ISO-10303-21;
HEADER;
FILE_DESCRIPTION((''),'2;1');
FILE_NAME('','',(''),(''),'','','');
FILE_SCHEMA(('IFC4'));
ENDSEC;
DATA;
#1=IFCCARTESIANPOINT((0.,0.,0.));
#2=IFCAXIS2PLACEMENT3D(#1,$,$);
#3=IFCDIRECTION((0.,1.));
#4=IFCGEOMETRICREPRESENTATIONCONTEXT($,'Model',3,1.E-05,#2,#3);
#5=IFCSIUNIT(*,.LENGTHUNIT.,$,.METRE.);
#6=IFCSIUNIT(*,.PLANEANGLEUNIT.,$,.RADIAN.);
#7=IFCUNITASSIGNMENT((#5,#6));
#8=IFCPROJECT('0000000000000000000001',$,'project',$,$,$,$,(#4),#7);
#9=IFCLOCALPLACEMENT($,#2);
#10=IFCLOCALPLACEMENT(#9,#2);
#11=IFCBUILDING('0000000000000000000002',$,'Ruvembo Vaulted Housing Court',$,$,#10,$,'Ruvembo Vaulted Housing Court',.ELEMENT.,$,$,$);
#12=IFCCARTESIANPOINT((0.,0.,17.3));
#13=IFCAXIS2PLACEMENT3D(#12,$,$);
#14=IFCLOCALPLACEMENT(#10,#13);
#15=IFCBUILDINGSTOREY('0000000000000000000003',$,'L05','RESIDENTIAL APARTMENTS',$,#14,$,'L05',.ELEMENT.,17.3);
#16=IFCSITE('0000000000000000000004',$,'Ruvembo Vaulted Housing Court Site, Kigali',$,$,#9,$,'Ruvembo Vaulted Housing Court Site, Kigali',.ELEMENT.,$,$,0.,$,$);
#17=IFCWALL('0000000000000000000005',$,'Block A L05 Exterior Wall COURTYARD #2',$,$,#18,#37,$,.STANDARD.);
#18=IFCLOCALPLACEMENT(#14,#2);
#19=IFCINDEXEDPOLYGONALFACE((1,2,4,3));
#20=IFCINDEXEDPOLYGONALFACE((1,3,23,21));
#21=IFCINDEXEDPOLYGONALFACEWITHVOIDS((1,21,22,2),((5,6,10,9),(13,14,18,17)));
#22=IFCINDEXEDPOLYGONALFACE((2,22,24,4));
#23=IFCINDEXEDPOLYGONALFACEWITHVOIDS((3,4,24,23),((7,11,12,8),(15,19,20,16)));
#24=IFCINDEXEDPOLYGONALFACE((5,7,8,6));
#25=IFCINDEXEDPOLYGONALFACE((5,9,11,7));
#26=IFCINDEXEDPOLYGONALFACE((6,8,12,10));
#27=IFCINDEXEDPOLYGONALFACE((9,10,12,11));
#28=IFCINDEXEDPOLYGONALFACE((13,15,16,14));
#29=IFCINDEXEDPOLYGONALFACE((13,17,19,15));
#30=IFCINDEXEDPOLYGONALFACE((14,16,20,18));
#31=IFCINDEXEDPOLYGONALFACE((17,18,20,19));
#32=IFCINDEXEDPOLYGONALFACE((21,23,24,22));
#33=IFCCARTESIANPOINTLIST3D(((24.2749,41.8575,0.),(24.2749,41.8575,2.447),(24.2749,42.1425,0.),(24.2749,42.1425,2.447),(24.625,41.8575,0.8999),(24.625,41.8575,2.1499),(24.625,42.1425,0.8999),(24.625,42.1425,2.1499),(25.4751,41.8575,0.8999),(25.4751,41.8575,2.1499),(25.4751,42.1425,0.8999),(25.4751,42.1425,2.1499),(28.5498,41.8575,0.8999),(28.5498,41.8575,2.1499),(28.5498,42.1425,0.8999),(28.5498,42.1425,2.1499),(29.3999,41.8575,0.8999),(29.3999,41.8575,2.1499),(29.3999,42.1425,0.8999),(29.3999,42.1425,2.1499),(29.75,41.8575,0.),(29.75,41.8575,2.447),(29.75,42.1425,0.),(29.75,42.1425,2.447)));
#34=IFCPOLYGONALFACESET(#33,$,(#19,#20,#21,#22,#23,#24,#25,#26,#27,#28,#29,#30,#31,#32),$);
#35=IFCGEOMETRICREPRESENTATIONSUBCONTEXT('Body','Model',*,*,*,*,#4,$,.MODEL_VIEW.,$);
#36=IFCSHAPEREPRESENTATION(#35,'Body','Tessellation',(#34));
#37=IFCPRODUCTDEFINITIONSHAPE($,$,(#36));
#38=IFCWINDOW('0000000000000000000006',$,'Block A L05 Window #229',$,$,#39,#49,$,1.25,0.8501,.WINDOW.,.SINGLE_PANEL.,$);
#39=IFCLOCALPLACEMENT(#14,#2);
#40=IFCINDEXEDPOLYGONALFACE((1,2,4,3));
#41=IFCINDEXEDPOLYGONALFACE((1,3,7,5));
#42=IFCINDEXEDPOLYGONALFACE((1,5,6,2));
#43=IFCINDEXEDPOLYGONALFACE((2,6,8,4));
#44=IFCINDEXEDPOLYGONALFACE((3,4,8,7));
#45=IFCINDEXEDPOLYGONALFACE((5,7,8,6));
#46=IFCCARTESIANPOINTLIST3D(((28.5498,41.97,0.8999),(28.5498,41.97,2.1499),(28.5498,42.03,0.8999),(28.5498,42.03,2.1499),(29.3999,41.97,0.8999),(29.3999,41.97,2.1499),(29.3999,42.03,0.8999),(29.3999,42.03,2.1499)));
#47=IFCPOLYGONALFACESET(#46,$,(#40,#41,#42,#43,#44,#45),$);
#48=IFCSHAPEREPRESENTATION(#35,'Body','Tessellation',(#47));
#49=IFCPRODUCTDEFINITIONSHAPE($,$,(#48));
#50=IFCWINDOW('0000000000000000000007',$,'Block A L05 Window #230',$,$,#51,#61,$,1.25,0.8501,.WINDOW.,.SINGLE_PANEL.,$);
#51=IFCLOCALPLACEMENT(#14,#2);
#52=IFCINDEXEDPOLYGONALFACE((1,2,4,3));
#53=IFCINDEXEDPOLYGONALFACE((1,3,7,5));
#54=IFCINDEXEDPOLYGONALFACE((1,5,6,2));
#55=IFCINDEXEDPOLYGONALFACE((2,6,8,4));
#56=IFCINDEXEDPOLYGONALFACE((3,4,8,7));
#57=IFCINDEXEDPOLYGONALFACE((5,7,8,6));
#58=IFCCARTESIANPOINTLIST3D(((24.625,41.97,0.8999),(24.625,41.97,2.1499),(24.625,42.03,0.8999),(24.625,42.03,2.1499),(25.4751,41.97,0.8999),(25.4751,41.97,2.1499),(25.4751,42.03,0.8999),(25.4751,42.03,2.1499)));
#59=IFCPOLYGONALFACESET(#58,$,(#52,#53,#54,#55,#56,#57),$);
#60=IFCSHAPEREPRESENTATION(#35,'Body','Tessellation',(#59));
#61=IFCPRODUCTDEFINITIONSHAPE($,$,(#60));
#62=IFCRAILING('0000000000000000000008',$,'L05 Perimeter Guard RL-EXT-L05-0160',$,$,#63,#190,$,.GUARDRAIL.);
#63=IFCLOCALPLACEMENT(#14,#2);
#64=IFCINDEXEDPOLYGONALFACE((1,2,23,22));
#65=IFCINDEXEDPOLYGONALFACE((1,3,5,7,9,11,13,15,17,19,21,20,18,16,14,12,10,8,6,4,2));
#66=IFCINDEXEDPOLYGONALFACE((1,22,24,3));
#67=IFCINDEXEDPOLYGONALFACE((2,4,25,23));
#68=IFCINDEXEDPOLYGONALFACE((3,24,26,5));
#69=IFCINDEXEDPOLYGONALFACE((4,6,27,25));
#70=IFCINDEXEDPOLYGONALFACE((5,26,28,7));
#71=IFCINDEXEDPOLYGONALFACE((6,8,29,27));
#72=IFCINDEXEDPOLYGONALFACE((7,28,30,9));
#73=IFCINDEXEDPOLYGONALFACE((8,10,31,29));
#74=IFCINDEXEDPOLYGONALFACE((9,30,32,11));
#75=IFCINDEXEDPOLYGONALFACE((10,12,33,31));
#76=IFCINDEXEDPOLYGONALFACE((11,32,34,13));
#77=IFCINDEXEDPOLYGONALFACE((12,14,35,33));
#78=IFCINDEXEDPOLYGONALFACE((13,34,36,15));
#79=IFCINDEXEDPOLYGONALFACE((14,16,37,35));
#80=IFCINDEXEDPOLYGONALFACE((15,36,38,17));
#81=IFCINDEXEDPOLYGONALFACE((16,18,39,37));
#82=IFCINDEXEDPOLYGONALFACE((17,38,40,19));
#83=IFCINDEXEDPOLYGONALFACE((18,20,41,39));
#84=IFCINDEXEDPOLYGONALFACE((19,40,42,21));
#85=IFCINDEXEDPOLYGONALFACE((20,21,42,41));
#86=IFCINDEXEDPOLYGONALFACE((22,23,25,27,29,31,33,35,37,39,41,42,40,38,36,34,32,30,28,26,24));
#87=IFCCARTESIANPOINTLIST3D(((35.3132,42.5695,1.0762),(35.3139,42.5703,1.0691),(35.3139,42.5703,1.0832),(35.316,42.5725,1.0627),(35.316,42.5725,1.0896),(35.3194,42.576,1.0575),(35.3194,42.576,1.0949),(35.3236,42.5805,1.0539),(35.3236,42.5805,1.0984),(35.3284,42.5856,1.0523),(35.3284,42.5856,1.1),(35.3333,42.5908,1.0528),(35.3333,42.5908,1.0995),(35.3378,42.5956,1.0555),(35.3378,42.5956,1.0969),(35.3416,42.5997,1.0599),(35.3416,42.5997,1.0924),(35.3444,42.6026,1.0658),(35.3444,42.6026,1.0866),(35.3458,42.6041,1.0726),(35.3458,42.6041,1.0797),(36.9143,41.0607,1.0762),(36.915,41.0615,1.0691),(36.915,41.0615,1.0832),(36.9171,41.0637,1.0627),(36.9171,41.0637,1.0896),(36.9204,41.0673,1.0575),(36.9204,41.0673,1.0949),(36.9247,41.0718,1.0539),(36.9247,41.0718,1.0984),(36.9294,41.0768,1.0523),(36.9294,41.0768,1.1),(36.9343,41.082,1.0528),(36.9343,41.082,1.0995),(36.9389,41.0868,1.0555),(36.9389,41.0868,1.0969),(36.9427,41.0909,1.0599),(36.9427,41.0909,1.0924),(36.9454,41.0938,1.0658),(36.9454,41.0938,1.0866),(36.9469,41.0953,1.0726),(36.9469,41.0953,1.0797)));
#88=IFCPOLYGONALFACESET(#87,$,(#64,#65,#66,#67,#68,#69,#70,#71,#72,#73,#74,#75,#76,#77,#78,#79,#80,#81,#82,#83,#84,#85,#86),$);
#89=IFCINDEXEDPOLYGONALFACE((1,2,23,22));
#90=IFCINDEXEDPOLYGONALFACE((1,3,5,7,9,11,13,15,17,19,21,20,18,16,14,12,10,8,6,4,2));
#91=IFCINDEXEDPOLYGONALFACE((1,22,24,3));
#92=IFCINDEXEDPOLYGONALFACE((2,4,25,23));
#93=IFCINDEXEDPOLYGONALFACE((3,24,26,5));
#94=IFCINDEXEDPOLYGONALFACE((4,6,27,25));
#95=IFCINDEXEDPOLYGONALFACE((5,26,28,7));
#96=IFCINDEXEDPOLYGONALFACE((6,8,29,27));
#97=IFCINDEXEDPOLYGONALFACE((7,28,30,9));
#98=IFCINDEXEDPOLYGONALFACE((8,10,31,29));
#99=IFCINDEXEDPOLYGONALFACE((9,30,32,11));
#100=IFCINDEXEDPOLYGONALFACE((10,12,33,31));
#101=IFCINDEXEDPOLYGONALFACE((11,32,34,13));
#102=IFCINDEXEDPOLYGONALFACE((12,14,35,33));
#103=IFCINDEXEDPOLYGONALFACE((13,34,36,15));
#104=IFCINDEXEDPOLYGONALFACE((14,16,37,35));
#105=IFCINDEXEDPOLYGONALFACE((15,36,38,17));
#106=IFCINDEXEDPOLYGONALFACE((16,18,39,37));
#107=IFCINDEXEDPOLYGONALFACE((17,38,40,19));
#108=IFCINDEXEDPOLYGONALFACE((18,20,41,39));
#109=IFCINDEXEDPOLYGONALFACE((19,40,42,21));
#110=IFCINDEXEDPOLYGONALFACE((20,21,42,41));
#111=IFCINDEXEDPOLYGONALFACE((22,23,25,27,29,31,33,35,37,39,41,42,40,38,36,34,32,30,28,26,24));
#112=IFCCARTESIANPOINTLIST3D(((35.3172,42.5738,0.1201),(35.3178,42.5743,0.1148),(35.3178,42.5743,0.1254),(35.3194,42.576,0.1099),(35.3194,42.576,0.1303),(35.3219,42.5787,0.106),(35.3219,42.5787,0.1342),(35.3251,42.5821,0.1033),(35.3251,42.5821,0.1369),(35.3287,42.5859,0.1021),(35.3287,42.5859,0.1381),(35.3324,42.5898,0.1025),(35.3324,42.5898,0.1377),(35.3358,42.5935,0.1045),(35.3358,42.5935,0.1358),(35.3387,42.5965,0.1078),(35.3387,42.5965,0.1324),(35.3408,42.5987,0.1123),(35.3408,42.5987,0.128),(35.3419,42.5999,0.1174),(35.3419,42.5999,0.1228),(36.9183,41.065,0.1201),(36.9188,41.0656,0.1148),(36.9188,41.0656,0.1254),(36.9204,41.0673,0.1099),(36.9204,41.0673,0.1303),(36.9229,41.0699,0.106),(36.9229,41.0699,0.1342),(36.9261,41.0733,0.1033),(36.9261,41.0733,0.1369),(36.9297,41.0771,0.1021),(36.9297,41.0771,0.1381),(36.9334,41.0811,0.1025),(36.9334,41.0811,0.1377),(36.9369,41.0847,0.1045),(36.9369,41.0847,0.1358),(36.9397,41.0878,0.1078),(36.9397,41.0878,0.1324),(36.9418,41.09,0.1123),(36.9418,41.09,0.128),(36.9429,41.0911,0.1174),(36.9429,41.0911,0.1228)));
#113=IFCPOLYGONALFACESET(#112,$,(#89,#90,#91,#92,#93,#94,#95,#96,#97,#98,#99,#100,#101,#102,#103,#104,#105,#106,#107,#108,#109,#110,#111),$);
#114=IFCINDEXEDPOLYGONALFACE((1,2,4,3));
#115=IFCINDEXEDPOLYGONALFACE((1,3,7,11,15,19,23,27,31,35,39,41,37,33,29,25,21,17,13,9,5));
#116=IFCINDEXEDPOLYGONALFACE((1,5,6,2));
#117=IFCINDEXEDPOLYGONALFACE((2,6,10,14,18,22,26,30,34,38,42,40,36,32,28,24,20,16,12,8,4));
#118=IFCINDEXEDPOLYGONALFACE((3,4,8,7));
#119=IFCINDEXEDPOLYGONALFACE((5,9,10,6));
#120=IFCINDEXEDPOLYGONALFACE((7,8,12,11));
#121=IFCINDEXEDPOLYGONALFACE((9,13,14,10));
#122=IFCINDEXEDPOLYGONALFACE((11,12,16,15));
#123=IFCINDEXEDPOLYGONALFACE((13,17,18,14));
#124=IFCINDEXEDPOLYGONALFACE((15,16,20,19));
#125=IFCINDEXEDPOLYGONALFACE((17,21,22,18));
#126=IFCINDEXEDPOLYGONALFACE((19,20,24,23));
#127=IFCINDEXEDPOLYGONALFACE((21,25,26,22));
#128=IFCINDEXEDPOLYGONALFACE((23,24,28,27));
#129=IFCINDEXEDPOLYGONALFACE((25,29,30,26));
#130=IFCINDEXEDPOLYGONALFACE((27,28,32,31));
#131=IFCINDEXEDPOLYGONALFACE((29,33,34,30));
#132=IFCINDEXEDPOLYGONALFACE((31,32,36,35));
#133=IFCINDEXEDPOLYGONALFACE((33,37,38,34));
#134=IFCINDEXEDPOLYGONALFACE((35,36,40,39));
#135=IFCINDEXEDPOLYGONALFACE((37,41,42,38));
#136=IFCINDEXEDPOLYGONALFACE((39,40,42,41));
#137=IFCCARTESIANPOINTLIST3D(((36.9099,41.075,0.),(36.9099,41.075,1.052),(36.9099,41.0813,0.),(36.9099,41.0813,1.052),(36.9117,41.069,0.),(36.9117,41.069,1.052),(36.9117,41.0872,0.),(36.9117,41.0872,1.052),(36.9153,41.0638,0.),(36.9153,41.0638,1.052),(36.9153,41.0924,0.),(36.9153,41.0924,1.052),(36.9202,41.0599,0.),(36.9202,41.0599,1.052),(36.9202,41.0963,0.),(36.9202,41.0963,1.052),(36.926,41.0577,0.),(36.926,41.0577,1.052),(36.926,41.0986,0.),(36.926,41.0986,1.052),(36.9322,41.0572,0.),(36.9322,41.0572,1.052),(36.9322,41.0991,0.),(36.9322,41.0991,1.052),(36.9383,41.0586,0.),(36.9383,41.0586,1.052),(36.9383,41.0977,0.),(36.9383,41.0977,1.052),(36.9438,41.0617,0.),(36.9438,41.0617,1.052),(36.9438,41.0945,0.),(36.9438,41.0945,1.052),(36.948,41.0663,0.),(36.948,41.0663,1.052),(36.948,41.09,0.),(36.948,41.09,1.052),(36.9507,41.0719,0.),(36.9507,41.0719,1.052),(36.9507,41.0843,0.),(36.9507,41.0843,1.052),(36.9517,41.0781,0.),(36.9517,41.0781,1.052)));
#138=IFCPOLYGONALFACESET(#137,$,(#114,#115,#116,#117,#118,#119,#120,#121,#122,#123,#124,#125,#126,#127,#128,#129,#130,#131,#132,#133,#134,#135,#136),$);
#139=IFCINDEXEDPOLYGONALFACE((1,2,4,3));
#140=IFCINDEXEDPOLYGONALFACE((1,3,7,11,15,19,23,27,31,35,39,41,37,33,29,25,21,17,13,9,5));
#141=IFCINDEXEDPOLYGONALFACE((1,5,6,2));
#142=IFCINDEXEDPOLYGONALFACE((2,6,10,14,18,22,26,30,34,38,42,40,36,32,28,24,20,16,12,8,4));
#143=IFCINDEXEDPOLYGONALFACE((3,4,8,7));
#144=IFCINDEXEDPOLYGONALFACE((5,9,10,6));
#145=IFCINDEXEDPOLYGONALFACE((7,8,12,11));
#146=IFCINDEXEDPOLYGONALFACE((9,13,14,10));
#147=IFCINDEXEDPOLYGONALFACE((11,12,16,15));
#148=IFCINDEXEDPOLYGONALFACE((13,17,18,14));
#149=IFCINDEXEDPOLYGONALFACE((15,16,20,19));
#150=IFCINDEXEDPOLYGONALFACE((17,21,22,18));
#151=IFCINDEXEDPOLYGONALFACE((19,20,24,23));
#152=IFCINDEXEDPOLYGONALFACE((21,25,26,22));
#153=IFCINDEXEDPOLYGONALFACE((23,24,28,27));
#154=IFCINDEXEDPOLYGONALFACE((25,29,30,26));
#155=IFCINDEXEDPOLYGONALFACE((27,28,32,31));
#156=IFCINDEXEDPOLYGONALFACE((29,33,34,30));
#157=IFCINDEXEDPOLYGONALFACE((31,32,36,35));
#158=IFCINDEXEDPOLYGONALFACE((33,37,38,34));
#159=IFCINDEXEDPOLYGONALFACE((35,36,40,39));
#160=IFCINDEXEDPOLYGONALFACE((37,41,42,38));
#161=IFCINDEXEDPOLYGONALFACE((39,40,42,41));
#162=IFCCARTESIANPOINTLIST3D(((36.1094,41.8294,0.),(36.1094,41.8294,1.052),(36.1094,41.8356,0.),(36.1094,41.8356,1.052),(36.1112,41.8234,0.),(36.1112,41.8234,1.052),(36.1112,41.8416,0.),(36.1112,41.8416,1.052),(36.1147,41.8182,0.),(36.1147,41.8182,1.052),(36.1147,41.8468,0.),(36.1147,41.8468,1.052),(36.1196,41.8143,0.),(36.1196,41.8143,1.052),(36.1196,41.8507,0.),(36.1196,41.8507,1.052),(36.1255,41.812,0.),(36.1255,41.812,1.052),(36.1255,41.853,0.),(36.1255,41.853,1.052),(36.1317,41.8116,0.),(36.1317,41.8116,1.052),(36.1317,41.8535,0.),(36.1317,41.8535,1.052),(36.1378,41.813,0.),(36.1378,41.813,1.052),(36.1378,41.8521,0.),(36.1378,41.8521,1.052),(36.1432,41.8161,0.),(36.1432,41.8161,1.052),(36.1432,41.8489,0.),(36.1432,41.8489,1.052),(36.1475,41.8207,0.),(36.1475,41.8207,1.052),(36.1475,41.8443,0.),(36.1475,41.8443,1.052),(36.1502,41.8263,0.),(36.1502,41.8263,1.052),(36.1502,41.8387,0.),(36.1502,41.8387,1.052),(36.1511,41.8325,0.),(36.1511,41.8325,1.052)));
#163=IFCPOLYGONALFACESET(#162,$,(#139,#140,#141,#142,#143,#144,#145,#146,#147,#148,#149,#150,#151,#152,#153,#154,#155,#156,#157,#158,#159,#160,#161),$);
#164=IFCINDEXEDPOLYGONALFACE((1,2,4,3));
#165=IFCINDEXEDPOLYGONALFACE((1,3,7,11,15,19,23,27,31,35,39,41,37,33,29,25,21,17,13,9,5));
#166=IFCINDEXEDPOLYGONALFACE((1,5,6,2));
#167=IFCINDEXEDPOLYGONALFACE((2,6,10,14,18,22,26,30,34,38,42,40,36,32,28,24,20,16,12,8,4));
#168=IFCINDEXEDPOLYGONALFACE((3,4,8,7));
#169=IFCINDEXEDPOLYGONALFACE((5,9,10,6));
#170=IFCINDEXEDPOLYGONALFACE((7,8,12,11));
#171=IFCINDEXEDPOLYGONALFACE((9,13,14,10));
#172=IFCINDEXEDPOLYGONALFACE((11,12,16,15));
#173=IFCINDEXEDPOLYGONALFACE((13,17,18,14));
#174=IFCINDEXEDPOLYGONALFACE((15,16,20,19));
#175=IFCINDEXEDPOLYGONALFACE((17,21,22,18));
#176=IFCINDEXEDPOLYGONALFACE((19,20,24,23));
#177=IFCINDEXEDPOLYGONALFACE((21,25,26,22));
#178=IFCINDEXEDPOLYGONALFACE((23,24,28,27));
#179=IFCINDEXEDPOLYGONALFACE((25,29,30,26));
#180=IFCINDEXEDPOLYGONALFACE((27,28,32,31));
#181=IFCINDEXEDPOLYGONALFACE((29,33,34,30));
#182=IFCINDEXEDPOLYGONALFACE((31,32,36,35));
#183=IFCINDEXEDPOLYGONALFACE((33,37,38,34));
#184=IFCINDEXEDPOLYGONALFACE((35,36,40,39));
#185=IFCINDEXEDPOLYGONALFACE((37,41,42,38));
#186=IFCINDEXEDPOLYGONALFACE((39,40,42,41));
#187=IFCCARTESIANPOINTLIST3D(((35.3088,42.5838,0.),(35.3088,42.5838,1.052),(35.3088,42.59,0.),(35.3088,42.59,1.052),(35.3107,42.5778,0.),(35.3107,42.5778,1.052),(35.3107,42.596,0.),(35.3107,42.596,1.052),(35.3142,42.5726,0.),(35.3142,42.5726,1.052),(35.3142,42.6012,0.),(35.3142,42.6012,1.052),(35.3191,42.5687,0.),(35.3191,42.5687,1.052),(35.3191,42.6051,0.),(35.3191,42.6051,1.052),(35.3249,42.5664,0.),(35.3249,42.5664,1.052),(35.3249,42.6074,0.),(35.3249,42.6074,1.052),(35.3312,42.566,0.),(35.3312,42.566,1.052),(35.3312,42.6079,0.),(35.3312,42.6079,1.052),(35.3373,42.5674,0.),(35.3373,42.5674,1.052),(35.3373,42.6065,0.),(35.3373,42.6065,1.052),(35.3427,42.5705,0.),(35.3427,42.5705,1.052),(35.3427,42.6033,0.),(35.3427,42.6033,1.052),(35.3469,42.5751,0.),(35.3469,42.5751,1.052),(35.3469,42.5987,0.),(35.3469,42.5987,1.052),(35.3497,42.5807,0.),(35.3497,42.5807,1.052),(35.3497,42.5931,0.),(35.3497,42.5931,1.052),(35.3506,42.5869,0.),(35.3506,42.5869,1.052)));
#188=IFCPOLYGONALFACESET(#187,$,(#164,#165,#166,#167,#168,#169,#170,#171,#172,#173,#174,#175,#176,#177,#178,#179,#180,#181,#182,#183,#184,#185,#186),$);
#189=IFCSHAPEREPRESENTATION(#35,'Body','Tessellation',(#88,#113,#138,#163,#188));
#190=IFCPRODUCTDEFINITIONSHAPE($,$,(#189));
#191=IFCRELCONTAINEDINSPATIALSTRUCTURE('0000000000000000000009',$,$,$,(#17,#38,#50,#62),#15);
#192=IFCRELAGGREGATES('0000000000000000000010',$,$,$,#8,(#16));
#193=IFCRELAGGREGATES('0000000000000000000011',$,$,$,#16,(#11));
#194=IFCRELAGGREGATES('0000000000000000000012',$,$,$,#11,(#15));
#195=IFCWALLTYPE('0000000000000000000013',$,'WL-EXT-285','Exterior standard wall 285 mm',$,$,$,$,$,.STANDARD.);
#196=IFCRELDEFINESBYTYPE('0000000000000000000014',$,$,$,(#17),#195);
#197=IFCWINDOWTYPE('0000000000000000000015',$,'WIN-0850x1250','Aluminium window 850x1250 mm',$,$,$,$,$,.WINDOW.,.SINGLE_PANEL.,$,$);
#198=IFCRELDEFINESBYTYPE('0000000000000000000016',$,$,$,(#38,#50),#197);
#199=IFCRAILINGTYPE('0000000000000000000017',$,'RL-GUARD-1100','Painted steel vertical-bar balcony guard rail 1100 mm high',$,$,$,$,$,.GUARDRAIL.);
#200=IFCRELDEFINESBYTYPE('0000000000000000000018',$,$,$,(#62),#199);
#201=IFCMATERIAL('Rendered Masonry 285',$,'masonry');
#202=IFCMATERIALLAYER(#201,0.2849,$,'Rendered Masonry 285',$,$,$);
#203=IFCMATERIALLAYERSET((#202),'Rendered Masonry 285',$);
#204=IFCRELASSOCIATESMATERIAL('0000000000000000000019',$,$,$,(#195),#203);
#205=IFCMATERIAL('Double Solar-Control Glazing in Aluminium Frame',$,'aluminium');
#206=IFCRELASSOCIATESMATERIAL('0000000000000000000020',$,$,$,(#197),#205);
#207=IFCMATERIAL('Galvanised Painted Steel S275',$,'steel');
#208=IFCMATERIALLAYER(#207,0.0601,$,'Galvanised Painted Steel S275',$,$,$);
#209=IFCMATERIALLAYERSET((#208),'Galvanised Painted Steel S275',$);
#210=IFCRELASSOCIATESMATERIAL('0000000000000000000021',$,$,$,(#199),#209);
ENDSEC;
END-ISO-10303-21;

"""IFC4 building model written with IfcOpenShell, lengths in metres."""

from ifc_helpers import new_model, si_unit, direction, frame, frame_2d, origin, origin_2d, place, context, subcontext, project, spatial, rectangle, circle, extrude, material, layer, layer_set, type_object, element, fill, save


model = new_model("IFC4")

# Units and contexts
model_context = context("Model", 3, precision=1e-05, world=origin(), true_north=direction((0.0, 1.0)))
body_context = subcontext(model_context, "Body", "Model", "MODEL_VIEW")
ifc_project = project(units=[si_unit("LENGTHUNIT", "METRE"), si_unit("PLANEANGLEUNIT", "RADIAN")], contexts=[model_context])

# Site, building, storey
site_placement = place(None, origin())
site = spatial("IfcSite", under=ifc_project, at=site_placement, Name="Ruvembo Vaulted Housing Court Site, Kigali", LongName="Ruvembo Vaulted Housing Court Site, Kigali", CompositionType="ELEMENT", RefElevation=0.0)
building_placement = place(site_placement, origin())
building = spatial("IfcBuilding", under=site, at=building_placement, Name="Ruvembo Vaulted Housing Court", LongName="Ruvembo Vaulted Housing Court", CompositionType="ELEMENT")
storey_placement = place(building_placement, frame((0.0, 0.0, 17.3)))
storey = spatial("IfcBuildingStorey", under=building, at=storey_placement, Name="L05", Description="RESIDENTIAL APARTMENTS", LongName="L05", CompositionType="ELEMENT", Elevation=17.3)

# Shared definitions
ifc_material_1 = material(Name="Double Solar-Control Glazing in Aluminium Frame", Category="aluminium")

# Shared definitions
ifc_material_2 = material(Name="Rendered Masonry 285", Category="masonry")
ifc_layer_1 = layer(ifc_material_2, 0.2849, Name="Rendered Masonry 285")
ifc_layer_set_1 = layer_set([ifc_layer_1], Name="Rendered Masonry 285")
wall_type_1 = type_object("IfcWallType", Name="WL-EXT-285", Description="Exterior standard wall 285 mm", PredefinedType="STANDARD", material=ifc_layer_set_1)

# Wall, openings, windows
wall_1_placement = place(storey_placement, frame((29.75, 42.0, 0.0), z_axis=(0.0, 0.0, 1.0), x_axis=(-1.0, 0.0, 0.0)))
wall_1 = element("IfcWall", 1, at=wall_1_placement, inside=storey, type_object=wall_type_1, Name="Block A L05 Exterior Wall COURTYARD #2", PredefinedType="STANDARD", context=body_context, shape_type="SweptSolid", body=[
    extrude(rectangle(XDim=5.4751, YDim=0.2849, at=frame_2d((2.7375, 0.0))), origin(), (0.0, 0.0, 1.0), 2.447),
])
opening_1_placement = place(wall_1_placement, frame((0.3501, 0.0, 0.8999)))
opening_1 = element("IfcOpeningElement", 2, at=opening_1_placement, cuts=wall_1, PredefinedType="OPENING", context=body_context, shape_type="SweptSolid", body=[
    extrude(rectangle(XDim=0.8501, YDim=1.25, at=frame_2d((0.425, 0.625))), frame((0.0, 0.1523, 0.0), z_axis=(0.0, -1.0, 0.0), x_axis=(1.0, 0.0, 0.0)), (0.0, 0.0, 1.0), 0.3049),
])
opening_2_placement = place(wall_1_placement, frame((4.2749, 0.0, 0.8999)))
opening_2 = element("IfcOpeningElement", 3, at=opening_2_placement, cuts=wall_1, PredefinedType="OPENING", context=body_context, shape_type="SweptSolid", body=[
    extrude(rectangle(XDim=0.8501, YDim=1.25, at=frame_2d((0.425, 0.625))), frame((0.0, 0.1523, 0.0), z_axis=(0.0, -1.0, 0.0), x_axis=(1.0, 0.0, 0.0)), (0.0, 0.0, 1.0), 0.3049),
])
window_type_1 = type_object("IfcWindowType", Name="WIN-0850x1250", Description="Aluminium window 850x1250 mm", PartitioningType="SINGLE_PANEL", PredefinedType="WINDOW", material=ifc_material_1)
window_1_placement = place(opening_1_placement, origin())
window_1 = element("IfcWindow", 4, at=window_1_placement, inside=storey, type_object=window_type_1, Name="Block A L05 Window #229", OverallHeight=1.25, OverallWidth=0.8501, PartitioningType="SINGLE_PANEL", PredefinedType="WINDOW", context=body_context, shape_type="SweptSolid", body=[
    extrude(rectangle(XDim=0.8501, YDim=1.25, at=frame_2d((0.425, 0.625))), frame((0.0, 0.03, 0.0), z_axis=(0.0, -1.0, 0.0), x_axis=(1.0, 0.0, 0.0)), (0.0, 0.0, 1.0), 0.0601),
])
fill(opening_1, window_1)
window_2_placement = place(opening_2_placement, origin())
window_2 = element("IfcWindow", 5, at=window_2_placement, inside=storey, type_object=window_type_1, Name="Block A L05 Window #230", OverallHeight=1.25, OverallWidth=0.8501, PartitioningType="SINGLE_PANEL", PredefinedType="WINDOW", context=body_context, shape_type="SweptSolid", body=[
    extrude(rectangle(XDim=0.8501, YDim=1.25, at=frame_2d((0.425, 0.625))), frame((0.0, 0.03, 0.0), z_axis=(0.0, -1.0, 0.0), x_axis=(1.0, 0.0, 0.0)), (0.0, 0.0, 1.0), 0.0601),
])
fill(opening_2, window_2)

# Railing
ifc_material_3 = material(Name="Galvanised Painted Steel S275", Category="steel")
ifc_layer_2 = layer(ifc_material_3, 0.0601, Name="Galvanised Painted Steel S275")
ifc_layer_set_2 = layer_set([ifc_layer_2], Name="Galvanised Painted Steel S275")
railing_type = type_object("IfcRailingType", Name="RL-GUARD-1100", Description="Painted steel vertical-bar balcony guard rail 1100 mm high", PredefinedType="GUARDRAIL", material=ifc_layer_set_2)
railing_placement = place(storey_placement, frame((36.9307, 41.0781, 0.0)))
element("IfcRailing", 6, at=railing_placement, inside=storey, type_object=railing_type, Name="L05 Perimeter Guard RL-EXT-L05-0160", PredefinedType="GUARDRAIL", context=body_context, shape_type="SweptSolid", body=[
    extrude(circle(Radius=0.0239, at=origin_2d()), frame((0.0, 0.0, 1.0762), z_axis=(-0.72777, 0.685821, 0.0), x_axis=(-0.685821, -0.72777, 0.0)), (0.0, 0.0, 1.0), 2.2),
    extrude(circle(Radius=0.0181, at=origin_2d()), frame((0.0, 0.0, 0.1201), z_axis=(-0.72777, 0.685821, 0.0), x_axis=(-0.685821, -0.72777, 0.0)), (0.0, 0.0, 1.0), 2.2),
    extrude(circle(Radius=0.021, at=origin_2d()), origin(), (0.0, 0.0, 1.0), 1.052),
    extrude(circle(Radius=0.021, at=origin_2d()), frame((-0.8005, 0.7544, 0.0)), (0.0, 0.0, 1.0), 1.052),
    extrude(circle(Radius=0.021, at=origin_2d()), frame((-1.6011, 1.5088, 0.0)), (0.0, 0.0, 1.0), 1.052),
])

save(model, "model.ifc")
